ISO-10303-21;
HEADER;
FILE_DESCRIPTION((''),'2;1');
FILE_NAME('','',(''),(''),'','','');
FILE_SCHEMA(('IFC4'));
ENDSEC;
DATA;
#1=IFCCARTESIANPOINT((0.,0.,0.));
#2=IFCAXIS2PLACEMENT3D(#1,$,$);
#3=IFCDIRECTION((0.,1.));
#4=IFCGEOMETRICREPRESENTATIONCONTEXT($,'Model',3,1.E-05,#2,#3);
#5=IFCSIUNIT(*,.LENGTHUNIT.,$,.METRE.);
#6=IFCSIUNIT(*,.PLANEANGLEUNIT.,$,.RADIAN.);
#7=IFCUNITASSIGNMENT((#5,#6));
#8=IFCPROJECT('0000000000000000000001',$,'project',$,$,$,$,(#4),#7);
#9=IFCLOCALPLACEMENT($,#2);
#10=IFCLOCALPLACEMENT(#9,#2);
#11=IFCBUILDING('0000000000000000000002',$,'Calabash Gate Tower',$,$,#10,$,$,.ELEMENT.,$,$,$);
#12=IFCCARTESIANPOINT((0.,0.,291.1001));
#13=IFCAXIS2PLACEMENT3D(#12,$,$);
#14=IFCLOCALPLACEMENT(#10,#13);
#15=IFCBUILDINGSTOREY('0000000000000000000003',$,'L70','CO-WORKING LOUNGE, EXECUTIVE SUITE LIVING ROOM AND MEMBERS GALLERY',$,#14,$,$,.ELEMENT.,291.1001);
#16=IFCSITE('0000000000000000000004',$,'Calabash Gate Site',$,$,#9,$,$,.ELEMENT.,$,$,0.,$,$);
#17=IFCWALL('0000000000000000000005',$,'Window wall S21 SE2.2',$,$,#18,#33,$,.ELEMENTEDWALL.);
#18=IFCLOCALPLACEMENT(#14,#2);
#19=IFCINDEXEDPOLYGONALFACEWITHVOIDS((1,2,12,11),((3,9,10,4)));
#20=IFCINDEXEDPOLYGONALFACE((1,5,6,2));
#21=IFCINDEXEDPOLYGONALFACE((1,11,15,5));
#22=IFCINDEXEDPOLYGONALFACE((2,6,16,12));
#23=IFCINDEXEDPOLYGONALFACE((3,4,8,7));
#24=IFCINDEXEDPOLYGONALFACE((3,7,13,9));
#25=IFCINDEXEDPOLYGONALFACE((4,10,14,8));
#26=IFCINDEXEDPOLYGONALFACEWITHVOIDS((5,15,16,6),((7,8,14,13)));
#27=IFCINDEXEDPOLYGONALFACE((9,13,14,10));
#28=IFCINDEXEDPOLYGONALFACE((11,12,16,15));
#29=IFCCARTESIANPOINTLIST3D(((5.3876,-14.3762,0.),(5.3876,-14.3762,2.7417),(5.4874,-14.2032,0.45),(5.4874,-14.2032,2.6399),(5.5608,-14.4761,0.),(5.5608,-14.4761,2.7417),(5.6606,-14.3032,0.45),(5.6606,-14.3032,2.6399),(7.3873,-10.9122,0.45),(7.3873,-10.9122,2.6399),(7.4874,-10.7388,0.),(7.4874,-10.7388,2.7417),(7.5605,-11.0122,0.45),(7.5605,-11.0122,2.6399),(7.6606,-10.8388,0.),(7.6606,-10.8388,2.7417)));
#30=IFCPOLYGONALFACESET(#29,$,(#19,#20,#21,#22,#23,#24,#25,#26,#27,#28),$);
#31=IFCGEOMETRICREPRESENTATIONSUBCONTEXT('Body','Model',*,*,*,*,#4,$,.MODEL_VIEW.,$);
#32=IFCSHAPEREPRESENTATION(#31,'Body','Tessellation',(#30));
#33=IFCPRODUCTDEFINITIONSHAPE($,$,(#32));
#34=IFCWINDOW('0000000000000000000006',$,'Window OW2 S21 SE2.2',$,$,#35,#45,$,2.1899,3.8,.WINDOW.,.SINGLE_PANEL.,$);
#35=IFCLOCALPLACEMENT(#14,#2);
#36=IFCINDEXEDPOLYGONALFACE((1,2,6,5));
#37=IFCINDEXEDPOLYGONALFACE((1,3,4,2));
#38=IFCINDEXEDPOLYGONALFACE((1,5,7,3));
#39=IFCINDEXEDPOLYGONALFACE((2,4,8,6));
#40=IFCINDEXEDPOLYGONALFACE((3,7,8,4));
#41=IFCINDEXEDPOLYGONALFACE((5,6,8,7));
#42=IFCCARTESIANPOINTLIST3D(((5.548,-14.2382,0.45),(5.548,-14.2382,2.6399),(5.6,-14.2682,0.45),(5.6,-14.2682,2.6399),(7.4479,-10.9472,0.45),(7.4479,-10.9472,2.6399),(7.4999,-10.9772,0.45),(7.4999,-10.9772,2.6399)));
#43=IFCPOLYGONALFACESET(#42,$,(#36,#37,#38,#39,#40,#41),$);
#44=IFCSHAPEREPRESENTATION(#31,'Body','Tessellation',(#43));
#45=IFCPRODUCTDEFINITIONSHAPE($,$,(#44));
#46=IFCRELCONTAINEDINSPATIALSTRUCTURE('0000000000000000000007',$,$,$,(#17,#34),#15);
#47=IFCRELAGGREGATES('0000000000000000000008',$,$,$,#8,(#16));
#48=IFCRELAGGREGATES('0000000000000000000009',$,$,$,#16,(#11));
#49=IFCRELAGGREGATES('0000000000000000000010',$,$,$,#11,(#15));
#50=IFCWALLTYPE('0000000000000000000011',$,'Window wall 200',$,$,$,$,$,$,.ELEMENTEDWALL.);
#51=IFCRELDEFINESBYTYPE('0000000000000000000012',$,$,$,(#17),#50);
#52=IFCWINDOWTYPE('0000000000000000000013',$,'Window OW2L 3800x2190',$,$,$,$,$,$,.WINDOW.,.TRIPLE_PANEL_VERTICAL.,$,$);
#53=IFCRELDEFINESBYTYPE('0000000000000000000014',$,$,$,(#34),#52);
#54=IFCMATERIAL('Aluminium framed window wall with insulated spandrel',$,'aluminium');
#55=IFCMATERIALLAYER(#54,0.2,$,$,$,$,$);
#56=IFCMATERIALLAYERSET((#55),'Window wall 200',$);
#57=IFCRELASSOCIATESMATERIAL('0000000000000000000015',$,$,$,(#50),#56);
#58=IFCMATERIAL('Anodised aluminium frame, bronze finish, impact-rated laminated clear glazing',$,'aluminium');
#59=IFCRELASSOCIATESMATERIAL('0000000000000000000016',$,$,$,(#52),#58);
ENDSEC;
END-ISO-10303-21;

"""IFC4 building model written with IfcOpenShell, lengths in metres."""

from ifc_helpers import new_model, si_unit, direction, frame, frame_2d, origin, place, context, subcontext, project, spatial, rectangle, extrude, material, layer, layer_set, type_object, element, fill, save


model = new_model("IFC4")

# Units and contexts
model_context = context("Model", 3, precision=1e-05, world=origin(), true_north=direction((0.0, 1.0)))
body_context = subcontext(model_context, "Body", "Model", "MODEL_VIEW")
ifc_project = project(units=[si_unit("LENGTHUNIT", "METRE"), si_unit("PLANEANGLEUNIT", "RADIAN")], contexts=[model_context])

# Site, building, storey
site_placement = place(None, origin())
site = spatial("IfcSite", under=ifc_project, at=site_placement, Name="Calabash Gate Site", CompositionType="ELEMENT", RefElevation=0.0)
building_placement = place(site_placement, origin())
building = spatial("IfcBuilding", under=site, at=building_placement, Name="Calabash Gate Tower", CompositionType="ELEMENT")
storey_placement = place(building_placement, frame((0.0, 0.0, 291.1001)))
storey = spatial("IfcBuildingStorey", under=building, at=storey_placement, Name="L70", Description="CO-WORKING LOUNGE, EXECUTIVE SUITE LIVING ROOM AND MEMBERS GALLERY", CompositionType="ELEMENT", Elevation=291.1001)

# Shared definitions
ifc_material_1 = material(Name="Aluminium framed window wall with insulated spandrel", Category="aluminium")
ifc_layer_1 = layer(ifc_material_1, 0.2)
ifc_layer_set_1 = layer_set([ifc_layer_1], Name="Window wall 200")
wall_type_1 = type_object("IfcWallType", Name="Window wall 200", PredefinedType="ELEMENTEDWALL", material=ifc_layer_set_1)

# Wall, opening, window
wall_1_placement = place(storey_placement, frame((5.4741, -14.4263, 0.0), z_axis=(0.0, 0.0, 1.0), x_axis=(0.499959, 0.866049, 0.0)))
wall_1 = element("IfcWall", 1, at=wall_1_placement, inside=storey, type_object=wall_type_1, Name="Window wall S21 SE2.2", PredefinedType="ELEMENTEDWALL", context=body_context, shape_type="SweptSolid", body=[
    extrude(rectangle(XDim=4.2, YDim=0.2, at=frame_2d((2.1001, 0.0))), origin(), (0.0, 0.0, 1.0), 2.7417),
])
opening_1_placement = place(wall_1_placement, frame((0.2, 0.0, 0.45)))
opening_1 = element("IfcOpeningElement", 2, at=opening_1_placement, cuts=wall_1, PredefinedType="OPENING", context=body_context, shape_type="SweptSolid", body=[
    extrude(rectangle(XDim=3.8, YDim=2.1899, at=frame_2d((1.8999, 1.095))), frame((0.0, 0.1099, 0.0), z_axis=(0.0, -1.0, 0.0), x_axis=(1.0, 0.0, 0.0)), (0.0, 0.0, 1.0), 0.22),
])
ifc_material_2 = material(Name="Anodised aluminium frame, bronze finish, impact-rated laminated clear glazing", Category="aluminium")
window_type_1 = type_object("IfcWindowType", Name="Window OW2L 3800x2190", PartitioningType="TRIPLE_PANEL_VERTICAL", PredefinedType="WINDOW", material=ifc_material_2)
window_1_placement = place(opening_1_placement, origin())
window_1 = element("IfcWindow", 3, at=window_1_placement, inside=storey, type_object=window_type_1, Name="Window OW2 S21 SE2.2", OverallHeight=2.1899, OverallWidth=3.8, PartitioningType="SINGLE_PANEL", PredefinedType="WINDOW", context=body_context, shape_type="SweptSolid", body=[
    extrude(rectangle(XDim=3.8, YDim=2.1899, at=frame_2d((1.8999, 1.095))), frame((0.0, 0.03, 0.0), z_axis=(0.0, -1.0, 0.0), x_axis=(1.0, 0.0, 0.0)), (0.0, 0.0, 1.0), 0.0601),
])
fill(opening_1, window_1)

save(model, "model.ifc")
